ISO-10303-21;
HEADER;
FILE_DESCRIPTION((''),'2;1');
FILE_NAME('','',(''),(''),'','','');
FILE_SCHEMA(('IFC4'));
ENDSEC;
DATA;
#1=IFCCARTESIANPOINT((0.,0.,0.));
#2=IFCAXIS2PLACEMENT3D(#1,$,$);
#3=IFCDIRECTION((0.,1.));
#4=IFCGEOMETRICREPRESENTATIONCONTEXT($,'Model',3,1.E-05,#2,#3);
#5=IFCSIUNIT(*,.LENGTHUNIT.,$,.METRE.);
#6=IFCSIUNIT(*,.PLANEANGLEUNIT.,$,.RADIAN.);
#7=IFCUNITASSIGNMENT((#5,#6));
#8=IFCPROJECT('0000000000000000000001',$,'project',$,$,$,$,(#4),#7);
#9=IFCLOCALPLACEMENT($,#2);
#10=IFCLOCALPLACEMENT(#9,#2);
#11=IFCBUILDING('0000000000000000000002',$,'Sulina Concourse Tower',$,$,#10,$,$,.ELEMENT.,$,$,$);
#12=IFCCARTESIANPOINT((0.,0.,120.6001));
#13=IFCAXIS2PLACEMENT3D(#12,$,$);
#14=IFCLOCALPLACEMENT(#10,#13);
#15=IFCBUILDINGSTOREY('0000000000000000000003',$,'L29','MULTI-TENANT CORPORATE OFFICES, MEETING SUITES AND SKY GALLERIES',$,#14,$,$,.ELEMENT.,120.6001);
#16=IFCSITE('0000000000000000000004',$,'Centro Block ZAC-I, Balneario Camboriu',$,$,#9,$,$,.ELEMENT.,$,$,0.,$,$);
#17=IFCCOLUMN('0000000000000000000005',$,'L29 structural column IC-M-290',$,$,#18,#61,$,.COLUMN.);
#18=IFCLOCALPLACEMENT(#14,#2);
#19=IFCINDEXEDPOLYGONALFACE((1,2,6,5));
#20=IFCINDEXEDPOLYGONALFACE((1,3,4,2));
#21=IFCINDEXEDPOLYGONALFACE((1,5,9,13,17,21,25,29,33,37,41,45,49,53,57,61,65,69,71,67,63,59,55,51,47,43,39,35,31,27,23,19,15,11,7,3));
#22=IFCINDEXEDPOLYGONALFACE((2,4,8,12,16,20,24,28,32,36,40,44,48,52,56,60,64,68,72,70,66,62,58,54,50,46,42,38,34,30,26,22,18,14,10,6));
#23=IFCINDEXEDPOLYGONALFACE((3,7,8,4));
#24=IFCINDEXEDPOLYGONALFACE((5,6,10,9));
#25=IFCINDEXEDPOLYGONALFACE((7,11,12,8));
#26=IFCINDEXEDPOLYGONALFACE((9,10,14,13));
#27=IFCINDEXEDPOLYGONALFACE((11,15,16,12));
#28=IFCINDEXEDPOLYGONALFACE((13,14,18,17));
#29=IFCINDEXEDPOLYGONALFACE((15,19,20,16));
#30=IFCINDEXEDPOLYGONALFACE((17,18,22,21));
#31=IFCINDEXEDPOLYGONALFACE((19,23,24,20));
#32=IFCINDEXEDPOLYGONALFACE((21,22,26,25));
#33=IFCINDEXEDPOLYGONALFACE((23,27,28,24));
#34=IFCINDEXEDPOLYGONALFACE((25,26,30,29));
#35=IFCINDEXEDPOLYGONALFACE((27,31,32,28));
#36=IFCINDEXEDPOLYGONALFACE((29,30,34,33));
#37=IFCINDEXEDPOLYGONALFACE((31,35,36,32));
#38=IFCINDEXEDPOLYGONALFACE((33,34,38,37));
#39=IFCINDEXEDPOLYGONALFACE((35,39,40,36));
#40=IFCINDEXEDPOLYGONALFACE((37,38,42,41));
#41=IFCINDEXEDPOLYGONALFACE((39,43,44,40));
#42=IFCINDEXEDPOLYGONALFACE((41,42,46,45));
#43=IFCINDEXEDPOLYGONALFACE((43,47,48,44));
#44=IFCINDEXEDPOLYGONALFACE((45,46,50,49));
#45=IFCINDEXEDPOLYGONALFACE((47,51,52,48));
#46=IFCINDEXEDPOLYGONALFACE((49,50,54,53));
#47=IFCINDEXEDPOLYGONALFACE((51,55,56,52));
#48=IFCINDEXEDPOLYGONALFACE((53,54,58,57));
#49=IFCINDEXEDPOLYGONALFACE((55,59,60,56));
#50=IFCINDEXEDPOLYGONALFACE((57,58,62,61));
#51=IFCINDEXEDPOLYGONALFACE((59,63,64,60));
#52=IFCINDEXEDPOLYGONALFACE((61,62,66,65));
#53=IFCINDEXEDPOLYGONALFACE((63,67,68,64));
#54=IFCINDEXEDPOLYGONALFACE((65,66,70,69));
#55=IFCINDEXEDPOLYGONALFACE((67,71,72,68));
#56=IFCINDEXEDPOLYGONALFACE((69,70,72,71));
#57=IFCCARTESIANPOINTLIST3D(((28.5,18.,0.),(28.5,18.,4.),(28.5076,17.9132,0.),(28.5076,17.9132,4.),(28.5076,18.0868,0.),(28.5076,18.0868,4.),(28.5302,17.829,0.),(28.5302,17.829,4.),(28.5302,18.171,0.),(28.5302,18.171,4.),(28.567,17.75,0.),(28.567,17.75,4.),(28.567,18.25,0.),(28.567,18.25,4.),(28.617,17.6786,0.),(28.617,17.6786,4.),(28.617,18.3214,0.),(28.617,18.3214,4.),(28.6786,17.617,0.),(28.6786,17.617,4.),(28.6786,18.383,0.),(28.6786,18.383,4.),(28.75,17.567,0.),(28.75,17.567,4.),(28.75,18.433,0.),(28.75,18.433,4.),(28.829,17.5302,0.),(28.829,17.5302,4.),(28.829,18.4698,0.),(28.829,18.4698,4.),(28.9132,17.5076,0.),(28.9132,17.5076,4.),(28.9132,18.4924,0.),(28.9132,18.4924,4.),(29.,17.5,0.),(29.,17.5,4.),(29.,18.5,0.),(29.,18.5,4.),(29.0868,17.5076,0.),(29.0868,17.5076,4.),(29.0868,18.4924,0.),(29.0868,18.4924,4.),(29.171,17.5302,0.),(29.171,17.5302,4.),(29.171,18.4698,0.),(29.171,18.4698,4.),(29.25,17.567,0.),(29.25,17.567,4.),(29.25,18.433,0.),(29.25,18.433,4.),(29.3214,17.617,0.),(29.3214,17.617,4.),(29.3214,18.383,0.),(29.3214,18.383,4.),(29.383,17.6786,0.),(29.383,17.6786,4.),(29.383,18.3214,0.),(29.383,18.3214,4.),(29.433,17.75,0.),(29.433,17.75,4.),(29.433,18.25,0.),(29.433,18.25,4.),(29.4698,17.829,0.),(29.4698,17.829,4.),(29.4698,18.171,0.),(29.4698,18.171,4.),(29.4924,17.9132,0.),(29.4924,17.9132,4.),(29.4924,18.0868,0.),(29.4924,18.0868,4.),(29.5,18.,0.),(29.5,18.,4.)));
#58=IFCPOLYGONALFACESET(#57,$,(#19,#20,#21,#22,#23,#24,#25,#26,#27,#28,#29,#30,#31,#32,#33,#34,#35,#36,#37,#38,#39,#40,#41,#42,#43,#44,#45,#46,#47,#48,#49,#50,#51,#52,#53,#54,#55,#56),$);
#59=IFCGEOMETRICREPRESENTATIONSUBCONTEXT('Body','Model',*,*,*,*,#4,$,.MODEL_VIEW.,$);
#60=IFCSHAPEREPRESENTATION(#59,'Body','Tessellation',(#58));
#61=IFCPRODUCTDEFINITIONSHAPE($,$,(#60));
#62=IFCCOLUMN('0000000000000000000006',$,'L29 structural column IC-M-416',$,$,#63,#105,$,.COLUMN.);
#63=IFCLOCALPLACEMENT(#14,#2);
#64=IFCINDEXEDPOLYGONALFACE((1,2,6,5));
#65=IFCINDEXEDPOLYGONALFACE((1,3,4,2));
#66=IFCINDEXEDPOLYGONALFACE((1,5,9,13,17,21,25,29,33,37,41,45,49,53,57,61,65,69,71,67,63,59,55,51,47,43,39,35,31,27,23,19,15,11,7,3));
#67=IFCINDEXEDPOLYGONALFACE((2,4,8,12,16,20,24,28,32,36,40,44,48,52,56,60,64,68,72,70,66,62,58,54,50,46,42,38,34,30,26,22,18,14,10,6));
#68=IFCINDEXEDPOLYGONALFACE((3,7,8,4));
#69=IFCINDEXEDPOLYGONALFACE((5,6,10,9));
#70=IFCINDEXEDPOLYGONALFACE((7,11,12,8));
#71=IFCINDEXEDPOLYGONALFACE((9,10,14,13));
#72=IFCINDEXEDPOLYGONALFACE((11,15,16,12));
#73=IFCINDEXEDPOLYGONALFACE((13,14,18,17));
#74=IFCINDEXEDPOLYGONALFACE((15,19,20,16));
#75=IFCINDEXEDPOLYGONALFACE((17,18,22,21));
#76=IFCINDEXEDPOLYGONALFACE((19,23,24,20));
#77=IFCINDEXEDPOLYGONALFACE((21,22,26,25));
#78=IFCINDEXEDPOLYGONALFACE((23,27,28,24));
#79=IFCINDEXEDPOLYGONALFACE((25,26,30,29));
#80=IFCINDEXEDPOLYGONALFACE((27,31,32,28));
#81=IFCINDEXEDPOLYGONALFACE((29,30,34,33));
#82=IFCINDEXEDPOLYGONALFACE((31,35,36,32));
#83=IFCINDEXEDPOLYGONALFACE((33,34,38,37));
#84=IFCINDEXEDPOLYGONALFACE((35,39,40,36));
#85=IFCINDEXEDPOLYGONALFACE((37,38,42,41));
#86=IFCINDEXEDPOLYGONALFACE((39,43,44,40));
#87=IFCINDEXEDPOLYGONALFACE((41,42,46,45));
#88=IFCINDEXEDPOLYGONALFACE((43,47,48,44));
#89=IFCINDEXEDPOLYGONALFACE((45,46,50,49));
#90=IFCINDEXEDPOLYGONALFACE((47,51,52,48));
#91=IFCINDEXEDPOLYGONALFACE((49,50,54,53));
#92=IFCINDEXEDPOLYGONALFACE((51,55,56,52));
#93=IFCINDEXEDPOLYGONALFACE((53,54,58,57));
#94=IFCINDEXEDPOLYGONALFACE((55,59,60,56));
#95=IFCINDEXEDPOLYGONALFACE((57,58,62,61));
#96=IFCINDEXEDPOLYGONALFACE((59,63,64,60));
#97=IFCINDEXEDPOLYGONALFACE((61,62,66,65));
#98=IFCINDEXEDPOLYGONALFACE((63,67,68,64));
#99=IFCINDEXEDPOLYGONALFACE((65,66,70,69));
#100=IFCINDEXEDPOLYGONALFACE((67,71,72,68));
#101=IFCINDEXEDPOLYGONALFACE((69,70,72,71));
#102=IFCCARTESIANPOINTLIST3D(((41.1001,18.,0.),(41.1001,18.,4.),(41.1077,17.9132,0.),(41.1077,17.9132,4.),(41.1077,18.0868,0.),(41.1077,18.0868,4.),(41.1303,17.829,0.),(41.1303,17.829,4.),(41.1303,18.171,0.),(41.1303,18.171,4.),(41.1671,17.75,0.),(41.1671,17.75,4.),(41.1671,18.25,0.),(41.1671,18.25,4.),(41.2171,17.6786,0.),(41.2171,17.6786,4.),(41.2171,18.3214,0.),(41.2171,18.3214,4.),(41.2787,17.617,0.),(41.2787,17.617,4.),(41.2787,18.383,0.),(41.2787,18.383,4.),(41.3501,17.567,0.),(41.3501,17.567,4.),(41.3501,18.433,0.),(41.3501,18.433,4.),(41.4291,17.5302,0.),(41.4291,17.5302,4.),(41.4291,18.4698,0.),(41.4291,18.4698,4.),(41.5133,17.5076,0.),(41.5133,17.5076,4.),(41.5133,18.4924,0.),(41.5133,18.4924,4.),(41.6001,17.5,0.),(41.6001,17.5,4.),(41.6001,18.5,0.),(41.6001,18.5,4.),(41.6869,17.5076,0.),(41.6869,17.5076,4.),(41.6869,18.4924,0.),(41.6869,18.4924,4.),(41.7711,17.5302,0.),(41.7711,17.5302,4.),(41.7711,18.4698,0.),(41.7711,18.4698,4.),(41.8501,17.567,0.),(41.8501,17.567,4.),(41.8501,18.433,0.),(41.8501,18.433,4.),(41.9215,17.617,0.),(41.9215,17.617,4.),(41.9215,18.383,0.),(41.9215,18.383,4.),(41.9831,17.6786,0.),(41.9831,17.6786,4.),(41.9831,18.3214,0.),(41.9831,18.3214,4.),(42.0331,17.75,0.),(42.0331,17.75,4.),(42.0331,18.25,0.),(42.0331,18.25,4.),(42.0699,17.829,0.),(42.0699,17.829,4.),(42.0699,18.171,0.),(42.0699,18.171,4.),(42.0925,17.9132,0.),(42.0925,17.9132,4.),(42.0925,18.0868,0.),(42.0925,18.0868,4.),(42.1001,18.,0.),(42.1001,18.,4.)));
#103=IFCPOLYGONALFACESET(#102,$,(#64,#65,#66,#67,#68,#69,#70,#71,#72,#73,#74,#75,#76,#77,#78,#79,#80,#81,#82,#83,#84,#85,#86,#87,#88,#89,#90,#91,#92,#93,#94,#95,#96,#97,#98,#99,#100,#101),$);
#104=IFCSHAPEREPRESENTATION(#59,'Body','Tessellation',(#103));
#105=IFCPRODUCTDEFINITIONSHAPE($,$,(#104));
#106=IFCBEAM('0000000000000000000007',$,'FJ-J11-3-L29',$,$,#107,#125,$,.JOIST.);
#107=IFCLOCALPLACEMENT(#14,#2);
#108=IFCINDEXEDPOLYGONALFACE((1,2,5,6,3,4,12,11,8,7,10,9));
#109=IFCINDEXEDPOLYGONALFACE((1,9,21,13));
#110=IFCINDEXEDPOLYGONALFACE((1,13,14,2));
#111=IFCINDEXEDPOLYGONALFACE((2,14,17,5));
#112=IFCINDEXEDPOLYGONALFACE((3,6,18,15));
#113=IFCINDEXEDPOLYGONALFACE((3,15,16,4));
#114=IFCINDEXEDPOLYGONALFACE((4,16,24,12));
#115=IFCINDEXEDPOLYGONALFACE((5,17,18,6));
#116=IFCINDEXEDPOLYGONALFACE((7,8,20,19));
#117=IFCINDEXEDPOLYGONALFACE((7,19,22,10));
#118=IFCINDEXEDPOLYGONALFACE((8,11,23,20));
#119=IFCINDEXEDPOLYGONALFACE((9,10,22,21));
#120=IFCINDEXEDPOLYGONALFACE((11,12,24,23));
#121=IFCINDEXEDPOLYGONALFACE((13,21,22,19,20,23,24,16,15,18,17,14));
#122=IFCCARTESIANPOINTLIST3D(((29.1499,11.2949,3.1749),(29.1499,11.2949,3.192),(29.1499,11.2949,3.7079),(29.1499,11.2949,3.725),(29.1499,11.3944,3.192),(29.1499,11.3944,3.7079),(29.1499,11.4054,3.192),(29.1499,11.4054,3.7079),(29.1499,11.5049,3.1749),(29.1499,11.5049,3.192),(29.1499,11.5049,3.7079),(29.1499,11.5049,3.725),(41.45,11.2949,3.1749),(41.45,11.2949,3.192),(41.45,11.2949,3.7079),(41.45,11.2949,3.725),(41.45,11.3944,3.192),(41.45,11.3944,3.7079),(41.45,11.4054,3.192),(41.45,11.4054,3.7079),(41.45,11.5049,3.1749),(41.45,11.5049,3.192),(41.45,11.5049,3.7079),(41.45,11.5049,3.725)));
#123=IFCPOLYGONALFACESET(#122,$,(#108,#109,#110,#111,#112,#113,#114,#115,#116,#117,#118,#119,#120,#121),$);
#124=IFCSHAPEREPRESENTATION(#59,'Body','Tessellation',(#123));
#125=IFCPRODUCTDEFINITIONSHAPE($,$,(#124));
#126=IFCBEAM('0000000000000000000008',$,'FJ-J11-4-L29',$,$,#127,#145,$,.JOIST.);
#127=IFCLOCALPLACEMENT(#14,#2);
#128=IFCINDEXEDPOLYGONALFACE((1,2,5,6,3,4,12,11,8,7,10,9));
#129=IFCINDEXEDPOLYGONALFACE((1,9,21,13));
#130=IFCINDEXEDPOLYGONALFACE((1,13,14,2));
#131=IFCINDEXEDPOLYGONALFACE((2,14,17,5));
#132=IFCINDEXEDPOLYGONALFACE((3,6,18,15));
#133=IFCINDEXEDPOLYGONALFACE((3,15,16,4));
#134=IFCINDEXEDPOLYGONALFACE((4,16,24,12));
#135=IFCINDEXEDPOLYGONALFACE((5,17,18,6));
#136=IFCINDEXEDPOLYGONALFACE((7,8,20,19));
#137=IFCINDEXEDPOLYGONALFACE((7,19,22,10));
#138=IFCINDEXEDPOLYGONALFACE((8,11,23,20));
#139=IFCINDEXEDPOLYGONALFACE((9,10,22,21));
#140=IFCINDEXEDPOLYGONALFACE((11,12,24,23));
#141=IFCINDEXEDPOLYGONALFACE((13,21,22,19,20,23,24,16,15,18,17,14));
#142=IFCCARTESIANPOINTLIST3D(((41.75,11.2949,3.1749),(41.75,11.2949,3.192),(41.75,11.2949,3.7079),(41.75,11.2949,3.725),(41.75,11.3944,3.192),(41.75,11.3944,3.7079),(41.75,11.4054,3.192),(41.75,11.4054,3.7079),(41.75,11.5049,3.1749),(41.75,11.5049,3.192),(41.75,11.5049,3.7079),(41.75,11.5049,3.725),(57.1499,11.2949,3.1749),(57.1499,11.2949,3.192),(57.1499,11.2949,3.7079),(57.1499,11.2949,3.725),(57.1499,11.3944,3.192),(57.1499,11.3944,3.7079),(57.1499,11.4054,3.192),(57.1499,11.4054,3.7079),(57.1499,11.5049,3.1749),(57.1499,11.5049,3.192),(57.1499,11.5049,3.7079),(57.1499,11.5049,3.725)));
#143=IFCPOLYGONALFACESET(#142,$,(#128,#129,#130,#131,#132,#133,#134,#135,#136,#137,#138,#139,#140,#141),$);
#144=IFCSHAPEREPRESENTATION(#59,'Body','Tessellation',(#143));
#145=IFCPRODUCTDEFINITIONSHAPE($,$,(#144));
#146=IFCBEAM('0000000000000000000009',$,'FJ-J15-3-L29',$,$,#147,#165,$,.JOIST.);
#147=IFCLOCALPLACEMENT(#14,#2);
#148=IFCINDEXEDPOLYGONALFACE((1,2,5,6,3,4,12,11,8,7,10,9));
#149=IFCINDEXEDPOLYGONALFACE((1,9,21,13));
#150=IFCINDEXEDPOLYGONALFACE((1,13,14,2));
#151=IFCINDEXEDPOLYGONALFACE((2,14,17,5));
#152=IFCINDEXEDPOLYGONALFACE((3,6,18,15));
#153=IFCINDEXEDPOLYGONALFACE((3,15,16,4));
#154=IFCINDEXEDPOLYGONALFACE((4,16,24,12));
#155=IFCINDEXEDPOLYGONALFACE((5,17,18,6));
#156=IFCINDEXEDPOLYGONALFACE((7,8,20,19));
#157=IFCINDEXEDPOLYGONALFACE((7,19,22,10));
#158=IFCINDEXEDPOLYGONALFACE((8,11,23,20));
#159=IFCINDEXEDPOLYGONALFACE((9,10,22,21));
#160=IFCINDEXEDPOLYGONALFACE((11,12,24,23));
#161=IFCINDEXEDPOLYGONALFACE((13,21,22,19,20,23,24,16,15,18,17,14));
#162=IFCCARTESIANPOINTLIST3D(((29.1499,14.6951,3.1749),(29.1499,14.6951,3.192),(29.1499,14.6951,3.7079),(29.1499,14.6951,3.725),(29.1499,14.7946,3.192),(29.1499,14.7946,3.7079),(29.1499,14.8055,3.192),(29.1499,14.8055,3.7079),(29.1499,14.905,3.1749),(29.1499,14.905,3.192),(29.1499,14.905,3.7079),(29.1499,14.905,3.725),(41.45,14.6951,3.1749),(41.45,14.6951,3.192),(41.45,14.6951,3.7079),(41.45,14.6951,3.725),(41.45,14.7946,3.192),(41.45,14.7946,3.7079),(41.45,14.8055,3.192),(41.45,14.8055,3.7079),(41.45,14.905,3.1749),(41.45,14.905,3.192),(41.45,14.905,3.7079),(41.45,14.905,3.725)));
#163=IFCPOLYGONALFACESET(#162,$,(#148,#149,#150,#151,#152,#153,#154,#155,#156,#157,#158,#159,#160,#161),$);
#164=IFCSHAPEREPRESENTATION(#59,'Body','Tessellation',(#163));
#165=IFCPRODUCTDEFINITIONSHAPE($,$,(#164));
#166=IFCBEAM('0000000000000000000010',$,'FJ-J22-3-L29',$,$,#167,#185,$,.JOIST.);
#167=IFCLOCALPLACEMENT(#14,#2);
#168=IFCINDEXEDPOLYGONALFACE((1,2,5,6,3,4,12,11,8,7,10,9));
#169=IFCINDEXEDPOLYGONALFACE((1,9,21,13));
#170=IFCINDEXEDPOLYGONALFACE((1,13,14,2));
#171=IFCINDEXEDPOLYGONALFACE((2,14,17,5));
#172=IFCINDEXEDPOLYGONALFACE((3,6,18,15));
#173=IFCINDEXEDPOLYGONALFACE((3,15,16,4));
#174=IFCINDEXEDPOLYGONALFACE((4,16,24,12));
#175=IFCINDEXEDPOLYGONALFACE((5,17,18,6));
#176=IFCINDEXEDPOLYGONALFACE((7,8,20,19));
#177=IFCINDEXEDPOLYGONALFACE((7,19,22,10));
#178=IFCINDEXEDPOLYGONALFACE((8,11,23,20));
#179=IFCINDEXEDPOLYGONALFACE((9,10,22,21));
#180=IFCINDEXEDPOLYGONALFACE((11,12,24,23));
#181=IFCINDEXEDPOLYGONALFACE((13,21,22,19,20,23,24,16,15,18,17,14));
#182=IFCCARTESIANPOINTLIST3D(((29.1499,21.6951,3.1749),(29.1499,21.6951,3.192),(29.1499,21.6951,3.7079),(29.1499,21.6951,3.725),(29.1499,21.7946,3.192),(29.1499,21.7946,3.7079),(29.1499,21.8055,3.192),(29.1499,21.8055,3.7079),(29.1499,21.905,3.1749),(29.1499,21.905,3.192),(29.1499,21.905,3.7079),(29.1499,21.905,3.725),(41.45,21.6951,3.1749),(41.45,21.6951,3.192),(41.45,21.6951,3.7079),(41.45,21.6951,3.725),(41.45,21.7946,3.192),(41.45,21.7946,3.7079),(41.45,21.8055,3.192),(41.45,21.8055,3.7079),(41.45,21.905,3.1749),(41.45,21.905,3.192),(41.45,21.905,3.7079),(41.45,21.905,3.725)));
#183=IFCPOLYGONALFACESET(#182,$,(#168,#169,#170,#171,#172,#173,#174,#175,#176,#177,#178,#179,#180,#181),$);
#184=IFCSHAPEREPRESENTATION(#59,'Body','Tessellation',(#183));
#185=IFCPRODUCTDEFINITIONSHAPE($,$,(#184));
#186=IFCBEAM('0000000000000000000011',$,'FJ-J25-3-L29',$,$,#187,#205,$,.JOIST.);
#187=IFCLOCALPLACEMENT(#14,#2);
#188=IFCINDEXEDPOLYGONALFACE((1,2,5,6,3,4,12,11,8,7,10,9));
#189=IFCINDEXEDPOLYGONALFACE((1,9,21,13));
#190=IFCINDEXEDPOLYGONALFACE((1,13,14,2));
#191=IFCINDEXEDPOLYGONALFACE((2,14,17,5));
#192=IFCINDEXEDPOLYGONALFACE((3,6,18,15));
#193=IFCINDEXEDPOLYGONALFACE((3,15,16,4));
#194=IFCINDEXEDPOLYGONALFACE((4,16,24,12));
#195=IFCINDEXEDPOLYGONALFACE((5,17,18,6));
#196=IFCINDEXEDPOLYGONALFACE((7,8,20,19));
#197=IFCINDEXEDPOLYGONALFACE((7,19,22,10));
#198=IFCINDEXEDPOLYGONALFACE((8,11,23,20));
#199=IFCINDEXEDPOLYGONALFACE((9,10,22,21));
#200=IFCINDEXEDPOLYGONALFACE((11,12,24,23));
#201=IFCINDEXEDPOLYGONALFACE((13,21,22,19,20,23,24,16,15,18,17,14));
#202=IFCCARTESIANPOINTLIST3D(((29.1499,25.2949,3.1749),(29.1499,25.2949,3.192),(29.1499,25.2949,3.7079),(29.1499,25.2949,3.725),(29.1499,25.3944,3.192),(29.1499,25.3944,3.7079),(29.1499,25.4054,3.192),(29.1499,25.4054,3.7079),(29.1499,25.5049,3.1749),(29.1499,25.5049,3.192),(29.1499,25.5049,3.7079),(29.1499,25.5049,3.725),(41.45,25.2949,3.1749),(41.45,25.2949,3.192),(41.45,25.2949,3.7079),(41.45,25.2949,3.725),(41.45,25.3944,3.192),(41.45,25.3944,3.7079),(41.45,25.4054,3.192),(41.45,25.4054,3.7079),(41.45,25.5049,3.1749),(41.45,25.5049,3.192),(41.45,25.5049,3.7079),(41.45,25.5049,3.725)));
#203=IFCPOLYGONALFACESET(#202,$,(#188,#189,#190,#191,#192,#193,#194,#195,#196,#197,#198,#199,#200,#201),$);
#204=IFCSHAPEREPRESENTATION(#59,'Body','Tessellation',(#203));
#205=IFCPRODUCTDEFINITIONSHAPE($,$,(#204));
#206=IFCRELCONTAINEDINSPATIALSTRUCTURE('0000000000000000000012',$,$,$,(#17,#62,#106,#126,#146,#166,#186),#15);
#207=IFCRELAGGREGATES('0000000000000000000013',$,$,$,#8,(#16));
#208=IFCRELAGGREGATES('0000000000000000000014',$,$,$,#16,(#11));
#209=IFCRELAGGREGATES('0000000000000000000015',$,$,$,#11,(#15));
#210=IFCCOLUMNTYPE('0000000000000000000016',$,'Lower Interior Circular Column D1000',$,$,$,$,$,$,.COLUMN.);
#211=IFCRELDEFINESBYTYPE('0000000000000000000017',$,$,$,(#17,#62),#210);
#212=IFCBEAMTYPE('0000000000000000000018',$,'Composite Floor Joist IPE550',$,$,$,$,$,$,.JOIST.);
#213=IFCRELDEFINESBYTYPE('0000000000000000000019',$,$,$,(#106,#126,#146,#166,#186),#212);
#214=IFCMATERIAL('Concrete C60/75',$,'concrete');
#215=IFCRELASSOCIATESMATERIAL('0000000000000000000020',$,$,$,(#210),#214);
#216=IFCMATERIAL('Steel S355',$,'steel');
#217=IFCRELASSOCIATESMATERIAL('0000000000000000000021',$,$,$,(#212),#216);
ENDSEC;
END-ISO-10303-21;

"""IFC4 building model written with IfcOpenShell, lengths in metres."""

from ifc_helpers import new_model, si_unit, direction, frame, origin, origin_2d, place, context, subcontext, project, spatial, circle, i_section, extrude, material, material_profile, profile_set, type_object, element, save


model = new_model("IFC4")

# Units and contexts
model_context = context("Model", 3, precision=1e-05, world=origin(), true_north=direction((0.0, 1.0)))
body_context = subcontext(model_context, "Body", "Model", "MODEL_VIEW")
ifc_project = project(units=[si_unit("LENGTHUNIT", "METRE"), si_unit("PLANEANGLEUNIT", "RADIAN")], contexts=[model_context])

# Site, building, storey
site_placement = place(None, origin())
site = spatial("IfcSite", under=ifc_project, at=site_placement, Name="Centro Block ZAC-I, Balneario Camboriu", CompositionType="ELEMENT", RefElevation=0.0)
building_placement = place(site_placement, origin())
building = spatial("IfcBuilding", under=site, at=building_placement, Name="Sulina Concourse Tower", CompositionType="ELEMENT")
storey_placement = place(building_placement, frame((0.0, 0.0, 120.6001)))
storey = spatial("IfcBuildingStorey", under=building, at=storey_placement, Name="L29", Description="MULTI-TENANT CORPORATE OFFICES, MEETING SUITES AND SKY GALLERIES", CompositionType="ELEMENT", Elevation=120.6001)

# Columns
ifc_material_1 = material(Name="Concrete C60/75", Category="concrete")
ifc_material_profile_1 = material_profile(ifc_material_1, circle(Radius=0.5, at=origin_2d()), Name="RC D1000")
ifc_profile_set_1 = profile_set([ifc_material_profile_1], Name="Concrete C60/75")
column_type = type_object("IfcColumnType", Name="Lower Interior Circular Column D1000", PredefinedType="COLUMN", material=ifc_profile_set_1)
for number, where, z_axis, x_axis, name in (
    (1, (29.0, 18.0, 0.0), (0.0, 0.0, 1.0), (1.0, 0.0, 0.0), "L29 structural column IC-M-290"),
    (2, (41.6001, 18.0, 0.0), (0.0, 0.0, 1.0), (1.0, 0.0, 0.0), "L29 structural column IC-M-416"),
):
    element("IfcColumn", number, at=place(storey_placement, frame(where, z_axis=z_axis, x_axis=x_axis)), inside=storey, type_object=column_type, Name=name, PredefinedType="COLUMN", context=body_context, shape_type="SweptSolid", body=[
        extrude(circle(Radius=0.5, at=origin_2d()), origin(), (0.0, 0.0, 1.0), 4.0),
    ])

# Beams
ifc_material_2 = material(Name="Steel S355", Category="steel")
ifc_material_profile_2 = material_profile(ifc_material_2, i_section(OverallWidth=0.21, OverallDepth=0.55, WebThickness=0.011, FlangeThickness=0.0171, at=origin_2d()), Name="IPE 550")
ifc_profile_set_2 = profile_set([ifc_material_profile_2], Name="Steel S355")
beam_type_1 = type_object("IfcBeamType", Name="Composite Floor Joist IPE550", PredefinedType="JOIST", material=ifc_profile_set_2)
beam_1_placement = place(storey_placement, frame((29.1499, 11.3999, 3.45), z_axis=(1.0, 0.0, 0.0), x_axis=(0.0, 1.0, 0.0)))
element("IfcBeam", 3, at=beam_1_placement, inside=storey, type_object=beam_type_1, Name="FJ-J11-3-L29", PredefinedType="JOIST", context=body_context, shape_type="SweptSolid", body=[
    extrude(i_section(OverallWidth=0.21, OverallDepth=0.55, WebThickness=0.011, FlangeThickness=0.0171, at=origin_2d()), origin(), (0.0, 0.0, 1.0), 12.3),
])
beam_2_placement = place(storey_placement, frame((41.75, 11.3999, 3.45), z_axis=(1.0, 0.0, 0.0), x_axis=(0.0, 1.0, 0.0)))
element("IfcBeam", 4, at=beam_2_placement, inside=storey, type_object=beam_type_1, Name="FJ-J11-4-L29", PredefinedType="JOIST", context=body_context, shape_type="SweptSolid", body=[
    extrude(i_section(OverallWidth=0.21, OverallDepth=0.55, WebThickness=0.011, FlangeThickness=0.0171, at=origin_2d()), origin(), (0.0, 0.0, 1.0), 15.3999),
])
for number, where, z_axis, x_axis, name in (
    (5, (29.1499, 14.8, 3.45), (1.0, 0.0, 0.0), (0.0, 1.0, 0.0), "FJ-J15-3-L29"),
    (6, (29.1499, 21.8, 3.45), (1.0, 0.0, 0.0), (0.0, 1.0, 0.0), "FJ-J22-3-L29"),
    (7, (29.1499, 25.3999, 3.45), (1.0, 0.0, 0.0), (0.0, 1.0, 0.0), "FJ-J25-3-L29"),
):
    element("IfcBeam", number, at=place(storey_placement, frame(where, z_axis=z_axis, x_axis=x_axis)), inside=storey, type_object=beam_type_1, Name=name, PredefinedType="JOIST", context=body_context, shape_type="SweptSolid", body=[
        extrude(i_section(OverallWidth=0.21, OverallDepth=0.55, WebThickness=0.011, FlangeThickness=0.0171, at=origin_2d()), origin(), (0.0, 0.0, 1.0), 12.3),
    ])

save(model, "model.ifc")
